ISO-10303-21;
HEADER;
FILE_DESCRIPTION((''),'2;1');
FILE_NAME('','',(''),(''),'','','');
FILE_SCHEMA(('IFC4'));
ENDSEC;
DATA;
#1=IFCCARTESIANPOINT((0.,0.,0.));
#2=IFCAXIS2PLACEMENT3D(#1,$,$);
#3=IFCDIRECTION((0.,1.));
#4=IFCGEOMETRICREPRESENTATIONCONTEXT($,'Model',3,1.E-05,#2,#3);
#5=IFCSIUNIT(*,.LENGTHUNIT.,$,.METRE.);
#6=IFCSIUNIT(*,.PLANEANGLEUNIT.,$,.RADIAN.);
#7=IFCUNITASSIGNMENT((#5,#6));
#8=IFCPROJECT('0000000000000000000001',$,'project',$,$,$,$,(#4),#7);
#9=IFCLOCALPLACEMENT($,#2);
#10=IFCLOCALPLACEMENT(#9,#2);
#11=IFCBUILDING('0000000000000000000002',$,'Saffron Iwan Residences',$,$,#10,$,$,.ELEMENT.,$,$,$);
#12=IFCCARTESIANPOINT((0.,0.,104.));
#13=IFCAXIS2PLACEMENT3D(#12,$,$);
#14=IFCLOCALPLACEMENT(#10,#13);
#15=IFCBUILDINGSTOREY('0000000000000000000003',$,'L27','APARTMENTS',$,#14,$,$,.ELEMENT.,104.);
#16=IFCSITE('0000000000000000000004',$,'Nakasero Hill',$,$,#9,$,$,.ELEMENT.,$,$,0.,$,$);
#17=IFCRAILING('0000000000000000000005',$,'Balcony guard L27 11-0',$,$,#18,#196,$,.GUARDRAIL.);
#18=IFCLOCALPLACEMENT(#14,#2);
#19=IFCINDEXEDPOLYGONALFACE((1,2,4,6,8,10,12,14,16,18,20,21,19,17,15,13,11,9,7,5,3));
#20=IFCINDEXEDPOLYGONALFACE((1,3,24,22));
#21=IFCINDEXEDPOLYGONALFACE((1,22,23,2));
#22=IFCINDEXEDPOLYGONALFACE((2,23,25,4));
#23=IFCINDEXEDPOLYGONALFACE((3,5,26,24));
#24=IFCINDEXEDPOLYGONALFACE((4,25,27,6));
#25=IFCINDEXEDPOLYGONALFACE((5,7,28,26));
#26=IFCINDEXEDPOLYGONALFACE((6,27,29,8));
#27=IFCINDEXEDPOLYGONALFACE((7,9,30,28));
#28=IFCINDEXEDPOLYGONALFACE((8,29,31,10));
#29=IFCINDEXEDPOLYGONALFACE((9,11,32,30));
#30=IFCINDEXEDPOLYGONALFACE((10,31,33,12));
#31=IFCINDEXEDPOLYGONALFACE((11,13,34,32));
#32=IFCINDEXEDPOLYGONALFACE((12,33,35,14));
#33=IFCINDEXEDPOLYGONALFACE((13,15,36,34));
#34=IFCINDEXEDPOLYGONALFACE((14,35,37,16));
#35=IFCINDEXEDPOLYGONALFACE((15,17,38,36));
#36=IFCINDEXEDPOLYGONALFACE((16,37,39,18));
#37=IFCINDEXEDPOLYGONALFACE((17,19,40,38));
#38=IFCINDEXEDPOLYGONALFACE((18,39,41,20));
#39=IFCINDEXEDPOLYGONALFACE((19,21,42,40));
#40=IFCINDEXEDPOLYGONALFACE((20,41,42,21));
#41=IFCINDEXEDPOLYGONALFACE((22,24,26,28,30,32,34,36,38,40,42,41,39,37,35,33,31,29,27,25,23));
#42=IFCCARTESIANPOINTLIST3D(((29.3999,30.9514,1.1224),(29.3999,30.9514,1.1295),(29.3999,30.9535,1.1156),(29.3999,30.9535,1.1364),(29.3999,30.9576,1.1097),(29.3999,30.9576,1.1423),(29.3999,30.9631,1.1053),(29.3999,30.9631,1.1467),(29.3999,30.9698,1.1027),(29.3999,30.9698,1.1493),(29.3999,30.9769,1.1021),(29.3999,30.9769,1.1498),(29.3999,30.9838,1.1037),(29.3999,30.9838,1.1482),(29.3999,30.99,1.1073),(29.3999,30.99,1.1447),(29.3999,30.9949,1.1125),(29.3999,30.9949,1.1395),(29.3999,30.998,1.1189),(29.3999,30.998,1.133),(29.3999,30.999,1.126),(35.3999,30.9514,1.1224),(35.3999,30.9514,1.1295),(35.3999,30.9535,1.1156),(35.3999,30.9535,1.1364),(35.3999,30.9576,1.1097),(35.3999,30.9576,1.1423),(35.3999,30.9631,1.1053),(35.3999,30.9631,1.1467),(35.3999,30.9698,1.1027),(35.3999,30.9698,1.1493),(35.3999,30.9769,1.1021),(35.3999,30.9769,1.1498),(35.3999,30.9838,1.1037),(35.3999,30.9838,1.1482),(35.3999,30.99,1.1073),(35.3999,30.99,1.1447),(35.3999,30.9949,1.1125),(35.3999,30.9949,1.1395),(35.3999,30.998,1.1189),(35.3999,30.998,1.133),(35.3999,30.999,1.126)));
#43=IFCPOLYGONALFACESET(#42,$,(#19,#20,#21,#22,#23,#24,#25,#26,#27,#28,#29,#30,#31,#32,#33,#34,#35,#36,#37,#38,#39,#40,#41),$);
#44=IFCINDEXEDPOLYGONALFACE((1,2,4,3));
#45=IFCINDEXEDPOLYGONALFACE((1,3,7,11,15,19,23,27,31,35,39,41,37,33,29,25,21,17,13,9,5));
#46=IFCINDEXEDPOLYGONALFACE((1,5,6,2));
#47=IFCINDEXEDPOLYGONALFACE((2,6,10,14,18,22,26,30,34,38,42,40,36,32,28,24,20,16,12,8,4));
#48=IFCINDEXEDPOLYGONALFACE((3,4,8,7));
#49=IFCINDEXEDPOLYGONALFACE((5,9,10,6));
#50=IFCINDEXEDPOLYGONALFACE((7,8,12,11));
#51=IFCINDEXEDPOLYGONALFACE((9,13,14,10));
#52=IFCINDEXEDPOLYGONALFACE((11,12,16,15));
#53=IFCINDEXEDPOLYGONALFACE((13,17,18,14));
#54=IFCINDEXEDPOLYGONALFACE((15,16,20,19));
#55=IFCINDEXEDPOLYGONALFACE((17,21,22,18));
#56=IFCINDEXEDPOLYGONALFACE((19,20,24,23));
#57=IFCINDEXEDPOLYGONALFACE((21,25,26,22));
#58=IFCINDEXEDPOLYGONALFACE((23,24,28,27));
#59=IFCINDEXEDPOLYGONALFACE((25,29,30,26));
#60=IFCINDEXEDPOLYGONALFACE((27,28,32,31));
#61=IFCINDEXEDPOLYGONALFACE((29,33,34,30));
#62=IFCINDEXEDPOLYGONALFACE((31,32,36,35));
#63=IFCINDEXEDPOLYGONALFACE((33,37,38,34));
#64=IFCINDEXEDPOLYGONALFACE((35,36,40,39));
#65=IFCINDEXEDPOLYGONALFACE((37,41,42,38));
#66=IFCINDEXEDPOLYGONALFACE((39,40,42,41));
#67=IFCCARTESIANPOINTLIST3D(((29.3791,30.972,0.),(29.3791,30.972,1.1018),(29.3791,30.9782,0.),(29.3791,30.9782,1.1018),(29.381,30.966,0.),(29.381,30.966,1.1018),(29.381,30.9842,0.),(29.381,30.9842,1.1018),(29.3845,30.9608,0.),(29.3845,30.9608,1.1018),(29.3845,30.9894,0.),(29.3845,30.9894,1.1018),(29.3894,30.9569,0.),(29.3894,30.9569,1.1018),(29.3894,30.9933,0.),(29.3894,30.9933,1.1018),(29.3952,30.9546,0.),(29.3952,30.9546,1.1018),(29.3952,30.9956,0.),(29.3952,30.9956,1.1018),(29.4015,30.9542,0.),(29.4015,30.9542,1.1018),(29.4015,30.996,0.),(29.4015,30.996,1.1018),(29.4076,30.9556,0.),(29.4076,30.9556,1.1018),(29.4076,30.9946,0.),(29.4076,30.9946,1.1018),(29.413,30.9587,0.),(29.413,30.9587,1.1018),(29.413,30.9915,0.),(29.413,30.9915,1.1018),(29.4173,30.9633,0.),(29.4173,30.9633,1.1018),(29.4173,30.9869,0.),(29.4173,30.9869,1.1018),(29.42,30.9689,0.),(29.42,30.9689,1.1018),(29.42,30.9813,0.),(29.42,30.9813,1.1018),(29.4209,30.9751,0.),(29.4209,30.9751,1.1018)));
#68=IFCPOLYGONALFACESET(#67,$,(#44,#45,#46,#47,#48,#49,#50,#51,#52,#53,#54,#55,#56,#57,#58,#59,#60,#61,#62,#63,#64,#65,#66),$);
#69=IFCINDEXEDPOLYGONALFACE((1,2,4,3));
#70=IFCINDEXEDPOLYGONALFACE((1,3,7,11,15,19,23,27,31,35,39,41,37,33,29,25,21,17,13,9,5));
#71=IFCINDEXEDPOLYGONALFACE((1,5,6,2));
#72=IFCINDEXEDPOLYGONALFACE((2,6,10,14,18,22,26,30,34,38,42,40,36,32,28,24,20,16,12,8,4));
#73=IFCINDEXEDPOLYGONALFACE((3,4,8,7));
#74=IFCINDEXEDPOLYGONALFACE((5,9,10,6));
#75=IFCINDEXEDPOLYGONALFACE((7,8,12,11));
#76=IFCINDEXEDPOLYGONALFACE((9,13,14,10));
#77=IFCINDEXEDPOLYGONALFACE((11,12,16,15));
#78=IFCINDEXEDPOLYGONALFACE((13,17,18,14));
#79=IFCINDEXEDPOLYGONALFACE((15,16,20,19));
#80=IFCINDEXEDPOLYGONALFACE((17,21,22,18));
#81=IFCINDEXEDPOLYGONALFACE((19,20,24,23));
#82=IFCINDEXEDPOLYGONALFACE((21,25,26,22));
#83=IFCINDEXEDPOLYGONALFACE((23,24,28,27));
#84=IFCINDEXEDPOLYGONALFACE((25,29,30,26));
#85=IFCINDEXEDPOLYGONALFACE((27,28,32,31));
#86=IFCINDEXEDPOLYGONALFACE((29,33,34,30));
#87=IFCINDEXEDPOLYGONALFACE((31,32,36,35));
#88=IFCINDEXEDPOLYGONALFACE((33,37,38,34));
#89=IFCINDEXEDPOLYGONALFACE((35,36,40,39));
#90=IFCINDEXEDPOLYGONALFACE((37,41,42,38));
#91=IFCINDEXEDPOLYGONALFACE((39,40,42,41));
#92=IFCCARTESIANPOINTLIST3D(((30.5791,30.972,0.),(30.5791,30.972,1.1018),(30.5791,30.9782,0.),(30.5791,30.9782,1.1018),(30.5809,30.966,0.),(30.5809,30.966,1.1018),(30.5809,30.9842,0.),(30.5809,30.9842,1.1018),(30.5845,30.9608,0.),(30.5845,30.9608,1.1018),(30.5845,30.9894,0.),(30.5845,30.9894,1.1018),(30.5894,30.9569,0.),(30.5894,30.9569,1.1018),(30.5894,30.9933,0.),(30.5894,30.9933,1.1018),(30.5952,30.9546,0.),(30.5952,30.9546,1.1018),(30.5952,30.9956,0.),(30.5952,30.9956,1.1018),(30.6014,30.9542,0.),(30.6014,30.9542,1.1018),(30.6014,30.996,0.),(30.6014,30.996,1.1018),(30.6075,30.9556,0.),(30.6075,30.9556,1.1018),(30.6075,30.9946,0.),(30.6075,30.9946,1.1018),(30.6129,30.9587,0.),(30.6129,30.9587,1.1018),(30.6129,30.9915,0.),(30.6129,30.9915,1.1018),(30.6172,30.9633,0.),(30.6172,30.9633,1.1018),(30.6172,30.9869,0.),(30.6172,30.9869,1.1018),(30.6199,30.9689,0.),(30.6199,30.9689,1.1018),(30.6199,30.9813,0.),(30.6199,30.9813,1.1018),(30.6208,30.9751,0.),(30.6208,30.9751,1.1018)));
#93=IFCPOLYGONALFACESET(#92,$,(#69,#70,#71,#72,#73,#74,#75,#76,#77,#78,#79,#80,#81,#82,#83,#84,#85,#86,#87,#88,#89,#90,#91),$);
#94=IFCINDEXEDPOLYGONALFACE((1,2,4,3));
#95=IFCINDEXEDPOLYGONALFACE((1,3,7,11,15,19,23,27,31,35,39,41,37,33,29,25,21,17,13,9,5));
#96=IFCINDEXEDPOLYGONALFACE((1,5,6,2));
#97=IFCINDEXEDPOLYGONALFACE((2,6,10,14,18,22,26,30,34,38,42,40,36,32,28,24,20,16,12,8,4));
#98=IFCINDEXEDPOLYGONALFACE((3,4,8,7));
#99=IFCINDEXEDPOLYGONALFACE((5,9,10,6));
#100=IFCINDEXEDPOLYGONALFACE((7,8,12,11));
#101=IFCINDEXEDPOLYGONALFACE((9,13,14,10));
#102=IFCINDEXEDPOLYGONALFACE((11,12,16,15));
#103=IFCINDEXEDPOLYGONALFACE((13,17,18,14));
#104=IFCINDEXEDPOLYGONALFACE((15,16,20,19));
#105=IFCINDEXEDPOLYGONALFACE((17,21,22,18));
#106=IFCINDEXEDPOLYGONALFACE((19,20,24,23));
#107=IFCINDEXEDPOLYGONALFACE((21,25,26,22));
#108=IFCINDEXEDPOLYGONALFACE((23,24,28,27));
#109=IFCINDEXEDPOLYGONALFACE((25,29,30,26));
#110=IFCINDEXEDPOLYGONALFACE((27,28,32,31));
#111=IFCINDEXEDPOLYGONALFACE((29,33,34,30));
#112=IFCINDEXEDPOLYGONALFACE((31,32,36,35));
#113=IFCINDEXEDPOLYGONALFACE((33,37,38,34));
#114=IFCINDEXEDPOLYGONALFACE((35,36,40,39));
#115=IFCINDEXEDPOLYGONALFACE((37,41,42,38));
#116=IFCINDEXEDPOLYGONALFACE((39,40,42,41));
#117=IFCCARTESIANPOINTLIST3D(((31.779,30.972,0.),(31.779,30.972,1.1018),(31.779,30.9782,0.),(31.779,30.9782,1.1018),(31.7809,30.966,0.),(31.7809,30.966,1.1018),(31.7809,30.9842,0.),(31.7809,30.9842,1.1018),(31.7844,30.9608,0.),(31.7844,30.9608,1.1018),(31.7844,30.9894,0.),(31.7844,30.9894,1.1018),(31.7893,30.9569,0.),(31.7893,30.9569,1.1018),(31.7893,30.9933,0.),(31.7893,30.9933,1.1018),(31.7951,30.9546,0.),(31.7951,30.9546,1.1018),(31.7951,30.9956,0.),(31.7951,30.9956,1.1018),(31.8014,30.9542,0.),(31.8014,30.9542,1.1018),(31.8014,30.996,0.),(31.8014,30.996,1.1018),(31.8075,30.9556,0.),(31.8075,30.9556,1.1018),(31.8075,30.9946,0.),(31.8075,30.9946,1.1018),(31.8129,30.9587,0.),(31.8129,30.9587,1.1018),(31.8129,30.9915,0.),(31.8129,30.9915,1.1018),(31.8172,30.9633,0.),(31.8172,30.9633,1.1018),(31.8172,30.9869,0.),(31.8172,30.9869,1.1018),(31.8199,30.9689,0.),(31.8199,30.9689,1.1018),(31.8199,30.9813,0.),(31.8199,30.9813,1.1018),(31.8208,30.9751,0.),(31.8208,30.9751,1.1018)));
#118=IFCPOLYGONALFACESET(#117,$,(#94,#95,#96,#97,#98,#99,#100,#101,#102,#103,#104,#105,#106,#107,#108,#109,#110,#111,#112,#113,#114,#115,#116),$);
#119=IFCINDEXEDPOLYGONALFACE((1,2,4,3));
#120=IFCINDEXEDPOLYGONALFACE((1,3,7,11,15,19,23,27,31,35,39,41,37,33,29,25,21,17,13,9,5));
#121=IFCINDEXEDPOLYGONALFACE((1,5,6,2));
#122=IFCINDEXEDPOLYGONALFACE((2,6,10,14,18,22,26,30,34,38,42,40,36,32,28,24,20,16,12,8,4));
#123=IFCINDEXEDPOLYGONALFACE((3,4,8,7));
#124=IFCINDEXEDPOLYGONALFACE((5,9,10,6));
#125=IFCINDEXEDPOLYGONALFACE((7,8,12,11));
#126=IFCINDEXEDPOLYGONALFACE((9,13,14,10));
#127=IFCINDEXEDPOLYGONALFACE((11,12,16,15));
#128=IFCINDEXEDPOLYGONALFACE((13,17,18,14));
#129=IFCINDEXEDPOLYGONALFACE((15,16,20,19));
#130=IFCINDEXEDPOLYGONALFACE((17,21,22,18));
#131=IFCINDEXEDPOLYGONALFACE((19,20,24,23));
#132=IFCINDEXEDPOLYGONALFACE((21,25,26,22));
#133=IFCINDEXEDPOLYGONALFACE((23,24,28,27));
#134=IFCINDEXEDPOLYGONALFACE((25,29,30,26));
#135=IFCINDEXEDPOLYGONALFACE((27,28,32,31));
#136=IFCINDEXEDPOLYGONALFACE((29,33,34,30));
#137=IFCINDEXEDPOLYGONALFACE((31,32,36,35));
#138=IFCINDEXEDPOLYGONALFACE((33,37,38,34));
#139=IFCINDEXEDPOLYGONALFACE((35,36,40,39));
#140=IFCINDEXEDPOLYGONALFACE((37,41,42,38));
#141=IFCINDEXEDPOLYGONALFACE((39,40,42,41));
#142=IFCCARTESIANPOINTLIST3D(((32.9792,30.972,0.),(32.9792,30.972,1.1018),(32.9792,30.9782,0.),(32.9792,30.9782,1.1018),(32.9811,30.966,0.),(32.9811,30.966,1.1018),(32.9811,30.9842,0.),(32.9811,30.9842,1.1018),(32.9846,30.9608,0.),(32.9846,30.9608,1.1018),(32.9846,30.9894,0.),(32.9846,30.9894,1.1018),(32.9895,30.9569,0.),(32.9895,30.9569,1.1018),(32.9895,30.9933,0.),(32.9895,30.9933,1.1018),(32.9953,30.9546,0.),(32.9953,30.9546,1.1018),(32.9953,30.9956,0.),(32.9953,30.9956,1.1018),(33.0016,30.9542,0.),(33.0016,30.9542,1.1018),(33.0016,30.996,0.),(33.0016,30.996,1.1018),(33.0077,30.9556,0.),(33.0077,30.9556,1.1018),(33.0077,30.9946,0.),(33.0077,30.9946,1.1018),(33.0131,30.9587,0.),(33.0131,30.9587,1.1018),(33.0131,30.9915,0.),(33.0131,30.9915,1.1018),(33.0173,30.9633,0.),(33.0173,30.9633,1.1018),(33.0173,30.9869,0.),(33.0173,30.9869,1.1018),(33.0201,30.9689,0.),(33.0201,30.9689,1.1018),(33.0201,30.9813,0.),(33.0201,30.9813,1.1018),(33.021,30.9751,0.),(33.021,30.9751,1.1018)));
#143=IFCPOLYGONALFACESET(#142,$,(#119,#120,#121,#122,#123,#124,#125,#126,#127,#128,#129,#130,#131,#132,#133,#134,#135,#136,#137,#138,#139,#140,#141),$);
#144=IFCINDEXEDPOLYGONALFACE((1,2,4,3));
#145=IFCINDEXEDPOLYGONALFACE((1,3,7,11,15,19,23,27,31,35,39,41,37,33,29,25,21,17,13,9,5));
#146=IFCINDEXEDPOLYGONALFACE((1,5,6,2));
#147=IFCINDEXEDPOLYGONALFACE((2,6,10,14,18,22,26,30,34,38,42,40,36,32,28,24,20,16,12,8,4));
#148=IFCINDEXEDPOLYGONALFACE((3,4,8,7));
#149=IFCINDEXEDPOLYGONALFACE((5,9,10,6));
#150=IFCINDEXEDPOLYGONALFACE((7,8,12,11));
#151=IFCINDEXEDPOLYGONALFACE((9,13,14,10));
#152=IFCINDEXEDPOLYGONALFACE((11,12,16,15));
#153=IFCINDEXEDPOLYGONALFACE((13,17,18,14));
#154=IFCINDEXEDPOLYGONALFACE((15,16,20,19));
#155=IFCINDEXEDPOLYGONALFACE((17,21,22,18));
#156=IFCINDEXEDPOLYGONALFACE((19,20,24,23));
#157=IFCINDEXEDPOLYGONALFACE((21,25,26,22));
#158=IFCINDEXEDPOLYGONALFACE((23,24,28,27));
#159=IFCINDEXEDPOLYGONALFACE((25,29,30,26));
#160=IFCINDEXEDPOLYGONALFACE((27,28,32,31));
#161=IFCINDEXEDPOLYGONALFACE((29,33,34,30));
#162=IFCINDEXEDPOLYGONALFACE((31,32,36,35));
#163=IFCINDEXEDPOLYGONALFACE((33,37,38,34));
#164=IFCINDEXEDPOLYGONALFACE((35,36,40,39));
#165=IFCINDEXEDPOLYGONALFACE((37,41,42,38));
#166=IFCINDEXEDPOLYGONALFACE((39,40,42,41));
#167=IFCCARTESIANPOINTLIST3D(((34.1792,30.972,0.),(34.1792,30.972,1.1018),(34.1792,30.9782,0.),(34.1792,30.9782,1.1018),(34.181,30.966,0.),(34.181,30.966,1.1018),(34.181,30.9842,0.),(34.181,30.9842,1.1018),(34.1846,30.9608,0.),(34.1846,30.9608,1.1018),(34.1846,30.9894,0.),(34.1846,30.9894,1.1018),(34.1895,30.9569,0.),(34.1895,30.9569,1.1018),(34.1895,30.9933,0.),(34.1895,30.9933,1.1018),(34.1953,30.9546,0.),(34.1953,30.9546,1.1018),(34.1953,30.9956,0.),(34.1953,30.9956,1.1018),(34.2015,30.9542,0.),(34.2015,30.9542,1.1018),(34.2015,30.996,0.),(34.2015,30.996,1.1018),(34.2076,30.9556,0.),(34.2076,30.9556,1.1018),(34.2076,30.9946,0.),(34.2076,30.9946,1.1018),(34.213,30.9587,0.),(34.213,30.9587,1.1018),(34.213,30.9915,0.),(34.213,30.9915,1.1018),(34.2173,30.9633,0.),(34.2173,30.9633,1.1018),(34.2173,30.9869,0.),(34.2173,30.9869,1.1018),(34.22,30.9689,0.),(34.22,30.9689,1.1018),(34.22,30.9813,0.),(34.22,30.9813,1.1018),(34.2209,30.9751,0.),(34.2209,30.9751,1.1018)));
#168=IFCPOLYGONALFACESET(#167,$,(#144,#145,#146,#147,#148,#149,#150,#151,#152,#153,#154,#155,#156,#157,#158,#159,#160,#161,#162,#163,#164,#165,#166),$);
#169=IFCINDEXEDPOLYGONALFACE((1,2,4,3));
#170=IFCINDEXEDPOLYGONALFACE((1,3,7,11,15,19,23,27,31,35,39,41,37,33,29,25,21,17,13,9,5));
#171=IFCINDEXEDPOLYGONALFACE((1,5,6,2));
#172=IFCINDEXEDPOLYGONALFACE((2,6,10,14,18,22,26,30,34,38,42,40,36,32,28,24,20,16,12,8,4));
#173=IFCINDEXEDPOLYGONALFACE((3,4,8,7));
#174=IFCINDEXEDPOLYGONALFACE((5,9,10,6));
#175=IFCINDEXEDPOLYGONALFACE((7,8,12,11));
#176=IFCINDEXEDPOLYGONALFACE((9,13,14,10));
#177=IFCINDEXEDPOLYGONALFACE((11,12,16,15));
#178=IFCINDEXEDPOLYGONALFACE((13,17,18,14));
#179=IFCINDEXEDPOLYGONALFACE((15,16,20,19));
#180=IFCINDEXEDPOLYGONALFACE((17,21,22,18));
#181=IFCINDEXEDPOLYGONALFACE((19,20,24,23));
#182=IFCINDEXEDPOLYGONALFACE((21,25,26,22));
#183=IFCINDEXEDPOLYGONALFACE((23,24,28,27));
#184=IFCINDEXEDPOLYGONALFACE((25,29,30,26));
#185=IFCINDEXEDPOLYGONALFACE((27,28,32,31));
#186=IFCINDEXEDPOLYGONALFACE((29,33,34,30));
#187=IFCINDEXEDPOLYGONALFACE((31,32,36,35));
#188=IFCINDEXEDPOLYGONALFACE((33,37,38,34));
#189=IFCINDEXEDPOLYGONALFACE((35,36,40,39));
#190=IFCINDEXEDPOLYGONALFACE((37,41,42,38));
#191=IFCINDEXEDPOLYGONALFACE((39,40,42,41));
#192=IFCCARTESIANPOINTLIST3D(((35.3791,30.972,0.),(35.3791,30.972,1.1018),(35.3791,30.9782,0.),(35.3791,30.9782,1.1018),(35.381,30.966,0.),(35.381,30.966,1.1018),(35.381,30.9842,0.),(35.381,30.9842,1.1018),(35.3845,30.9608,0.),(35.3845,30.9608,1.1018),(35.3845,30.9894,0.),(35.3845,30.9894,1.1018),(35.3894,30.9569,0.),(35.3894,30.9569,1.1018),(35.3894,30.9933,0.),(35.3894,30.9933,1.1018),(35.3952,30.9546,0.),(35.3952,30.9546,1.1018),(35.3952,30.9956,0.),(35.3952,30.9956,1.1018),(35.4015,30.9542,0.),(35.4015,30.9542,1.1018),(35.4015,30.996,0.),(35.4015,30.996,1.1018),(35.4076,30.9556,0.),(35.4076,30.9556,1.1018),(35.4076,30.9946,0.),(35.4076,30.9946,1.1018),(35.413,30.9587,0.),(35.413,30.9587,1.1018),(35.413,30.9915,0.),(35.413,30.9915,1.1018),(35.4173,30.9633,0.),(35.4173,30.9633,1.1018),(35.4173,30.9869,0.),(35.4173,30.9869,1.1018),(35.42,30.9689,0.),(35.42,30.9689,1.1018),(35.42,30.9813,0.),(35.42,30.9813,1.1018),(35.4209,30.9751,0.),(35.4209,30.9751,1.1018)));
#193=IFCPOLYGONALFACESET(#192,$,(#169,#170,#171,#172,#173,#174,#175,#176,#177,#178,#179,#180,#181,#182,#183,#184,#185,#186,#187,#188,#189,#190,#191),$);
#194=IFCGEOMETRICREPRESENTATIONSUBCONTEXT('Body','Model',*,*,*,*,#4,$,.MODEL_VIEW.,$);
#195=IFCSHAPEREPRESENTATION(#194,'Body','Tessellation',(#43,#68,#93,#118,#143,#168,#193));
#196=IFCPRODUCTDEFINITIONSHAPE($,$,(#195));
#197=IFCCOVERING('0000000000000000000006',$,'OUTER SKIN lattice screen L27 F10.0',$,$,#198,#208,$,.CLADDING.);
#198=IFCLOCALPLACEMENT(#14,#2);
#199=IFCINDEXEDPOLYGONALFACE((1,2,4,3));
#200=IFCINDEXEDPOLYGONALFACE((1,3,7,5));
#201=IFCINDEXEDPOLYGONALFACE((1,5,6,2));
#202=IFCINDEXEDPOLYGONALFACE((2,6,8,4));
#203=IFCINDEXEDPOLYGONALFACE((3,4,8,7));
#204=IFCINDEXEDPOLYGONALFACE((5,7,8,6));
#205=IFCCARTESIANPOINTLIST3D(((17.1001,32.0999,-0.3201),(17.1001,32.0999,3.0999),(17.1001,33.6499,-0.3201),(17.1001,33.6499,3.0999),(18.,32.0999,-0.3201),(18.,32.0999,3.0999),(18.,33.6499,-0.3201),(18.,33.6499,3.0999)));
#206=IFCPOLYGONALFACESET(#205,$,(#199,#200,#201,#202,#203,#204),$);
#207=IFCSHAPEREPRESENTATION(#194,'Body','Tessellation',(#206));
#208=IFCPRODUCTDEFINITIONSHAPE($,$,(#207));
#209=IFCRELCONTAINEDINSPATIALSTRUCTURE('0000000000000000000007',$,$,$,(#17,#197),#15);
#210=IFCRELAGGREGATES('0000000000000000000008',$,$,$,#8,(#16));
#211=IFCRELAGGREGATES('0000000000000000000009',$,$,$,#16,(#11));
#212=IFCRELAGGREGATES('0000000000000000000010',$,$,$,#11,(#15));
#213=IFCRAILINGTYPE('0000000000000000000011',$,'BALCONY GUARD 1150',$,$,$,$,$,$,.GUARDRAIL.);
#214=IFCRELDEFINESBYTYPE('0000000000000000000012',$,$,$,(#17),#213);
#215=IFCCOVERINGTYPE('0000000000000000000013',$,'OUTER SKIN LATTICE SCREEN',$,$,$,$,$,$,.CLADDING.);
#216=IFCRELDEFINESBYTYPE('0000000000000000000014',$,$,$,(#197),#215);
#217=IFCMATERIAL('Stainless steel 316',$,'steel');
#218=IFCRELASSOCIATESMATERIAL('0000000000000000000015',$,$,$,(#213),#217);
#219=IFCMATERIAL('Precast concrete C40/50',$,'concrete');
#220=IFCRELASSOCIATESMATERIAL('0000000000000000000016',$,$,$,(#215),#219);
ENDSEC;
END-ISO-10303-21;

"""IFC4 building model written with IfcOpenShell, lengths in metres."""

from ifc_helpers import new_model, si_unit, direction, frame, origin, origin_2d, place, context, subcontext, project, spatial, polyline, circle, outline, extrude, material, type_object, element, save


model = new_model("IFC4")

# Units and contexts
model_context = context("Model", 3, precision=1e-05, world=origin(), true_north=direction((0.0, 1.0)))
body_context = subcontext(model_context, "Body", "Model", "MODEL_VIEW")
ifc_project = project(units=[si_unit("LENGTHUNIT", "METRE"), si_unit("PLANEANGLEUNIT", "RADIAN")], contexts=[model_context])

# Site, building, storey
site_placement = place(None, origin())
site = spatial("IfcSite", under=ifc_project, at=site_placement, Name="Nakasero Hill", CompositionType="ELEMENT", RefElevation=0.0)
building_placement = place(site_placement, origin())
building = spatial("IfcBuilding", under=site, at=building_placement, Name="Saffron Iwan Residences", CompositionType="ELEMENT")
storey_placement = place(building_placement, frame((0.0, 0.0, 104.0)))
storey = spatial("IfcBuildingStorey", under=building, at=storey_placement, Name="L27", Description="APARTMENTS", CompositionType="ELEMENT", Elevation=104.0)

# Railing
ifc_material_1 = material(Name="Stainless steel 316", Category="steel")
railing_type = type_object("IfcRailingType", Name="BALCONY GUARD 1150", PredefinedType="GUARDRAIL", material=ifc_material_1)
railing_placement = place(storey_placement, frame((29.3999, 30.9751, 0.0)))
element("IfcRailing", 1, at=railing_placement, inside=storey, type_object=railing_type, Name="Balcony guard L27 11-0", PredefinedType="GUARDRAIL", context=body_context, shape_type="SweptSolid", body=[
    extrude(circle(Radius=0.0239, at=origin_2d()), frame((0.0, 0.0, 1.126), z_axis=(1.0, 0.0, 0.0), x_axis=(0.0, 1.0, 0.0)), (0.0, 0.0, 1.0), 6.0),
    extrude(circle(Radius=0.021, at=origin_2d()), origin(), (0.0, 0.0, 1.0), 1.1018),
    extrude(circle(Radius=0.021, at=origin_2d()), frame((1.2, 0.0, 0.0)), (0.0, 0.0, 1.0), 1.1018),
    extrude(circle(Radius=0.021, at=origin_2d()), frame((2.3999, 0.0, 0.0)), (0.0, 0.0, 1.0), 1.1018),
    extrude(circle(Radius=0.021, at=origin_2d()), frame((3.6001, 0.0, 0.0)), (0.0, 0.0, 1.0), 1.1018),
    extrude(circle(Radius=0.021, at=origin_2d()), frame((4.8, 0.0, 0.0)), (0.0, 0.0, 1.0), 1.1018),
    extrude(circle(Radius=0.021, at=origin_2d()), frame((6.0, 0.0, 0.0)), (0.0, 0.0, 1.0), 1.1018),
])

# Covering
ifc_material_2 = material(Name="Precast concrete C40/50", Category="concrete")
covering_type = type_object("IfcCoveringType", Name="OUTER SKIN LATTICE SCREEN", PredefinedType="CLADDING", material=ifc_material_2)
covering_1_placement = place(storey_placement, frame((18.0, 33.6499, -0.3201), z_axis=(-1.0, 0.0, 0.0), x_axis=(0.0, -1.0, 0.0)))
element("IfcCovering", 2, at=covering_1_placement, inside=storey, type_object=covering_type, Name="OUTER SKIN lattice screen L27 F10.0", PredefinedType="CLADDING", context=body_context, shape_type="SweptSolid", body=[
    extrude(outline(polyline([(0.0, 0.0), (1.55, 0.0), (1.55, 3.4199), (0.0, 3.4199), (0.0, 0.0)])), origin(), (0.0, 0.0, 1.0), 0.8999),
])

save(model, "model.ifc")
